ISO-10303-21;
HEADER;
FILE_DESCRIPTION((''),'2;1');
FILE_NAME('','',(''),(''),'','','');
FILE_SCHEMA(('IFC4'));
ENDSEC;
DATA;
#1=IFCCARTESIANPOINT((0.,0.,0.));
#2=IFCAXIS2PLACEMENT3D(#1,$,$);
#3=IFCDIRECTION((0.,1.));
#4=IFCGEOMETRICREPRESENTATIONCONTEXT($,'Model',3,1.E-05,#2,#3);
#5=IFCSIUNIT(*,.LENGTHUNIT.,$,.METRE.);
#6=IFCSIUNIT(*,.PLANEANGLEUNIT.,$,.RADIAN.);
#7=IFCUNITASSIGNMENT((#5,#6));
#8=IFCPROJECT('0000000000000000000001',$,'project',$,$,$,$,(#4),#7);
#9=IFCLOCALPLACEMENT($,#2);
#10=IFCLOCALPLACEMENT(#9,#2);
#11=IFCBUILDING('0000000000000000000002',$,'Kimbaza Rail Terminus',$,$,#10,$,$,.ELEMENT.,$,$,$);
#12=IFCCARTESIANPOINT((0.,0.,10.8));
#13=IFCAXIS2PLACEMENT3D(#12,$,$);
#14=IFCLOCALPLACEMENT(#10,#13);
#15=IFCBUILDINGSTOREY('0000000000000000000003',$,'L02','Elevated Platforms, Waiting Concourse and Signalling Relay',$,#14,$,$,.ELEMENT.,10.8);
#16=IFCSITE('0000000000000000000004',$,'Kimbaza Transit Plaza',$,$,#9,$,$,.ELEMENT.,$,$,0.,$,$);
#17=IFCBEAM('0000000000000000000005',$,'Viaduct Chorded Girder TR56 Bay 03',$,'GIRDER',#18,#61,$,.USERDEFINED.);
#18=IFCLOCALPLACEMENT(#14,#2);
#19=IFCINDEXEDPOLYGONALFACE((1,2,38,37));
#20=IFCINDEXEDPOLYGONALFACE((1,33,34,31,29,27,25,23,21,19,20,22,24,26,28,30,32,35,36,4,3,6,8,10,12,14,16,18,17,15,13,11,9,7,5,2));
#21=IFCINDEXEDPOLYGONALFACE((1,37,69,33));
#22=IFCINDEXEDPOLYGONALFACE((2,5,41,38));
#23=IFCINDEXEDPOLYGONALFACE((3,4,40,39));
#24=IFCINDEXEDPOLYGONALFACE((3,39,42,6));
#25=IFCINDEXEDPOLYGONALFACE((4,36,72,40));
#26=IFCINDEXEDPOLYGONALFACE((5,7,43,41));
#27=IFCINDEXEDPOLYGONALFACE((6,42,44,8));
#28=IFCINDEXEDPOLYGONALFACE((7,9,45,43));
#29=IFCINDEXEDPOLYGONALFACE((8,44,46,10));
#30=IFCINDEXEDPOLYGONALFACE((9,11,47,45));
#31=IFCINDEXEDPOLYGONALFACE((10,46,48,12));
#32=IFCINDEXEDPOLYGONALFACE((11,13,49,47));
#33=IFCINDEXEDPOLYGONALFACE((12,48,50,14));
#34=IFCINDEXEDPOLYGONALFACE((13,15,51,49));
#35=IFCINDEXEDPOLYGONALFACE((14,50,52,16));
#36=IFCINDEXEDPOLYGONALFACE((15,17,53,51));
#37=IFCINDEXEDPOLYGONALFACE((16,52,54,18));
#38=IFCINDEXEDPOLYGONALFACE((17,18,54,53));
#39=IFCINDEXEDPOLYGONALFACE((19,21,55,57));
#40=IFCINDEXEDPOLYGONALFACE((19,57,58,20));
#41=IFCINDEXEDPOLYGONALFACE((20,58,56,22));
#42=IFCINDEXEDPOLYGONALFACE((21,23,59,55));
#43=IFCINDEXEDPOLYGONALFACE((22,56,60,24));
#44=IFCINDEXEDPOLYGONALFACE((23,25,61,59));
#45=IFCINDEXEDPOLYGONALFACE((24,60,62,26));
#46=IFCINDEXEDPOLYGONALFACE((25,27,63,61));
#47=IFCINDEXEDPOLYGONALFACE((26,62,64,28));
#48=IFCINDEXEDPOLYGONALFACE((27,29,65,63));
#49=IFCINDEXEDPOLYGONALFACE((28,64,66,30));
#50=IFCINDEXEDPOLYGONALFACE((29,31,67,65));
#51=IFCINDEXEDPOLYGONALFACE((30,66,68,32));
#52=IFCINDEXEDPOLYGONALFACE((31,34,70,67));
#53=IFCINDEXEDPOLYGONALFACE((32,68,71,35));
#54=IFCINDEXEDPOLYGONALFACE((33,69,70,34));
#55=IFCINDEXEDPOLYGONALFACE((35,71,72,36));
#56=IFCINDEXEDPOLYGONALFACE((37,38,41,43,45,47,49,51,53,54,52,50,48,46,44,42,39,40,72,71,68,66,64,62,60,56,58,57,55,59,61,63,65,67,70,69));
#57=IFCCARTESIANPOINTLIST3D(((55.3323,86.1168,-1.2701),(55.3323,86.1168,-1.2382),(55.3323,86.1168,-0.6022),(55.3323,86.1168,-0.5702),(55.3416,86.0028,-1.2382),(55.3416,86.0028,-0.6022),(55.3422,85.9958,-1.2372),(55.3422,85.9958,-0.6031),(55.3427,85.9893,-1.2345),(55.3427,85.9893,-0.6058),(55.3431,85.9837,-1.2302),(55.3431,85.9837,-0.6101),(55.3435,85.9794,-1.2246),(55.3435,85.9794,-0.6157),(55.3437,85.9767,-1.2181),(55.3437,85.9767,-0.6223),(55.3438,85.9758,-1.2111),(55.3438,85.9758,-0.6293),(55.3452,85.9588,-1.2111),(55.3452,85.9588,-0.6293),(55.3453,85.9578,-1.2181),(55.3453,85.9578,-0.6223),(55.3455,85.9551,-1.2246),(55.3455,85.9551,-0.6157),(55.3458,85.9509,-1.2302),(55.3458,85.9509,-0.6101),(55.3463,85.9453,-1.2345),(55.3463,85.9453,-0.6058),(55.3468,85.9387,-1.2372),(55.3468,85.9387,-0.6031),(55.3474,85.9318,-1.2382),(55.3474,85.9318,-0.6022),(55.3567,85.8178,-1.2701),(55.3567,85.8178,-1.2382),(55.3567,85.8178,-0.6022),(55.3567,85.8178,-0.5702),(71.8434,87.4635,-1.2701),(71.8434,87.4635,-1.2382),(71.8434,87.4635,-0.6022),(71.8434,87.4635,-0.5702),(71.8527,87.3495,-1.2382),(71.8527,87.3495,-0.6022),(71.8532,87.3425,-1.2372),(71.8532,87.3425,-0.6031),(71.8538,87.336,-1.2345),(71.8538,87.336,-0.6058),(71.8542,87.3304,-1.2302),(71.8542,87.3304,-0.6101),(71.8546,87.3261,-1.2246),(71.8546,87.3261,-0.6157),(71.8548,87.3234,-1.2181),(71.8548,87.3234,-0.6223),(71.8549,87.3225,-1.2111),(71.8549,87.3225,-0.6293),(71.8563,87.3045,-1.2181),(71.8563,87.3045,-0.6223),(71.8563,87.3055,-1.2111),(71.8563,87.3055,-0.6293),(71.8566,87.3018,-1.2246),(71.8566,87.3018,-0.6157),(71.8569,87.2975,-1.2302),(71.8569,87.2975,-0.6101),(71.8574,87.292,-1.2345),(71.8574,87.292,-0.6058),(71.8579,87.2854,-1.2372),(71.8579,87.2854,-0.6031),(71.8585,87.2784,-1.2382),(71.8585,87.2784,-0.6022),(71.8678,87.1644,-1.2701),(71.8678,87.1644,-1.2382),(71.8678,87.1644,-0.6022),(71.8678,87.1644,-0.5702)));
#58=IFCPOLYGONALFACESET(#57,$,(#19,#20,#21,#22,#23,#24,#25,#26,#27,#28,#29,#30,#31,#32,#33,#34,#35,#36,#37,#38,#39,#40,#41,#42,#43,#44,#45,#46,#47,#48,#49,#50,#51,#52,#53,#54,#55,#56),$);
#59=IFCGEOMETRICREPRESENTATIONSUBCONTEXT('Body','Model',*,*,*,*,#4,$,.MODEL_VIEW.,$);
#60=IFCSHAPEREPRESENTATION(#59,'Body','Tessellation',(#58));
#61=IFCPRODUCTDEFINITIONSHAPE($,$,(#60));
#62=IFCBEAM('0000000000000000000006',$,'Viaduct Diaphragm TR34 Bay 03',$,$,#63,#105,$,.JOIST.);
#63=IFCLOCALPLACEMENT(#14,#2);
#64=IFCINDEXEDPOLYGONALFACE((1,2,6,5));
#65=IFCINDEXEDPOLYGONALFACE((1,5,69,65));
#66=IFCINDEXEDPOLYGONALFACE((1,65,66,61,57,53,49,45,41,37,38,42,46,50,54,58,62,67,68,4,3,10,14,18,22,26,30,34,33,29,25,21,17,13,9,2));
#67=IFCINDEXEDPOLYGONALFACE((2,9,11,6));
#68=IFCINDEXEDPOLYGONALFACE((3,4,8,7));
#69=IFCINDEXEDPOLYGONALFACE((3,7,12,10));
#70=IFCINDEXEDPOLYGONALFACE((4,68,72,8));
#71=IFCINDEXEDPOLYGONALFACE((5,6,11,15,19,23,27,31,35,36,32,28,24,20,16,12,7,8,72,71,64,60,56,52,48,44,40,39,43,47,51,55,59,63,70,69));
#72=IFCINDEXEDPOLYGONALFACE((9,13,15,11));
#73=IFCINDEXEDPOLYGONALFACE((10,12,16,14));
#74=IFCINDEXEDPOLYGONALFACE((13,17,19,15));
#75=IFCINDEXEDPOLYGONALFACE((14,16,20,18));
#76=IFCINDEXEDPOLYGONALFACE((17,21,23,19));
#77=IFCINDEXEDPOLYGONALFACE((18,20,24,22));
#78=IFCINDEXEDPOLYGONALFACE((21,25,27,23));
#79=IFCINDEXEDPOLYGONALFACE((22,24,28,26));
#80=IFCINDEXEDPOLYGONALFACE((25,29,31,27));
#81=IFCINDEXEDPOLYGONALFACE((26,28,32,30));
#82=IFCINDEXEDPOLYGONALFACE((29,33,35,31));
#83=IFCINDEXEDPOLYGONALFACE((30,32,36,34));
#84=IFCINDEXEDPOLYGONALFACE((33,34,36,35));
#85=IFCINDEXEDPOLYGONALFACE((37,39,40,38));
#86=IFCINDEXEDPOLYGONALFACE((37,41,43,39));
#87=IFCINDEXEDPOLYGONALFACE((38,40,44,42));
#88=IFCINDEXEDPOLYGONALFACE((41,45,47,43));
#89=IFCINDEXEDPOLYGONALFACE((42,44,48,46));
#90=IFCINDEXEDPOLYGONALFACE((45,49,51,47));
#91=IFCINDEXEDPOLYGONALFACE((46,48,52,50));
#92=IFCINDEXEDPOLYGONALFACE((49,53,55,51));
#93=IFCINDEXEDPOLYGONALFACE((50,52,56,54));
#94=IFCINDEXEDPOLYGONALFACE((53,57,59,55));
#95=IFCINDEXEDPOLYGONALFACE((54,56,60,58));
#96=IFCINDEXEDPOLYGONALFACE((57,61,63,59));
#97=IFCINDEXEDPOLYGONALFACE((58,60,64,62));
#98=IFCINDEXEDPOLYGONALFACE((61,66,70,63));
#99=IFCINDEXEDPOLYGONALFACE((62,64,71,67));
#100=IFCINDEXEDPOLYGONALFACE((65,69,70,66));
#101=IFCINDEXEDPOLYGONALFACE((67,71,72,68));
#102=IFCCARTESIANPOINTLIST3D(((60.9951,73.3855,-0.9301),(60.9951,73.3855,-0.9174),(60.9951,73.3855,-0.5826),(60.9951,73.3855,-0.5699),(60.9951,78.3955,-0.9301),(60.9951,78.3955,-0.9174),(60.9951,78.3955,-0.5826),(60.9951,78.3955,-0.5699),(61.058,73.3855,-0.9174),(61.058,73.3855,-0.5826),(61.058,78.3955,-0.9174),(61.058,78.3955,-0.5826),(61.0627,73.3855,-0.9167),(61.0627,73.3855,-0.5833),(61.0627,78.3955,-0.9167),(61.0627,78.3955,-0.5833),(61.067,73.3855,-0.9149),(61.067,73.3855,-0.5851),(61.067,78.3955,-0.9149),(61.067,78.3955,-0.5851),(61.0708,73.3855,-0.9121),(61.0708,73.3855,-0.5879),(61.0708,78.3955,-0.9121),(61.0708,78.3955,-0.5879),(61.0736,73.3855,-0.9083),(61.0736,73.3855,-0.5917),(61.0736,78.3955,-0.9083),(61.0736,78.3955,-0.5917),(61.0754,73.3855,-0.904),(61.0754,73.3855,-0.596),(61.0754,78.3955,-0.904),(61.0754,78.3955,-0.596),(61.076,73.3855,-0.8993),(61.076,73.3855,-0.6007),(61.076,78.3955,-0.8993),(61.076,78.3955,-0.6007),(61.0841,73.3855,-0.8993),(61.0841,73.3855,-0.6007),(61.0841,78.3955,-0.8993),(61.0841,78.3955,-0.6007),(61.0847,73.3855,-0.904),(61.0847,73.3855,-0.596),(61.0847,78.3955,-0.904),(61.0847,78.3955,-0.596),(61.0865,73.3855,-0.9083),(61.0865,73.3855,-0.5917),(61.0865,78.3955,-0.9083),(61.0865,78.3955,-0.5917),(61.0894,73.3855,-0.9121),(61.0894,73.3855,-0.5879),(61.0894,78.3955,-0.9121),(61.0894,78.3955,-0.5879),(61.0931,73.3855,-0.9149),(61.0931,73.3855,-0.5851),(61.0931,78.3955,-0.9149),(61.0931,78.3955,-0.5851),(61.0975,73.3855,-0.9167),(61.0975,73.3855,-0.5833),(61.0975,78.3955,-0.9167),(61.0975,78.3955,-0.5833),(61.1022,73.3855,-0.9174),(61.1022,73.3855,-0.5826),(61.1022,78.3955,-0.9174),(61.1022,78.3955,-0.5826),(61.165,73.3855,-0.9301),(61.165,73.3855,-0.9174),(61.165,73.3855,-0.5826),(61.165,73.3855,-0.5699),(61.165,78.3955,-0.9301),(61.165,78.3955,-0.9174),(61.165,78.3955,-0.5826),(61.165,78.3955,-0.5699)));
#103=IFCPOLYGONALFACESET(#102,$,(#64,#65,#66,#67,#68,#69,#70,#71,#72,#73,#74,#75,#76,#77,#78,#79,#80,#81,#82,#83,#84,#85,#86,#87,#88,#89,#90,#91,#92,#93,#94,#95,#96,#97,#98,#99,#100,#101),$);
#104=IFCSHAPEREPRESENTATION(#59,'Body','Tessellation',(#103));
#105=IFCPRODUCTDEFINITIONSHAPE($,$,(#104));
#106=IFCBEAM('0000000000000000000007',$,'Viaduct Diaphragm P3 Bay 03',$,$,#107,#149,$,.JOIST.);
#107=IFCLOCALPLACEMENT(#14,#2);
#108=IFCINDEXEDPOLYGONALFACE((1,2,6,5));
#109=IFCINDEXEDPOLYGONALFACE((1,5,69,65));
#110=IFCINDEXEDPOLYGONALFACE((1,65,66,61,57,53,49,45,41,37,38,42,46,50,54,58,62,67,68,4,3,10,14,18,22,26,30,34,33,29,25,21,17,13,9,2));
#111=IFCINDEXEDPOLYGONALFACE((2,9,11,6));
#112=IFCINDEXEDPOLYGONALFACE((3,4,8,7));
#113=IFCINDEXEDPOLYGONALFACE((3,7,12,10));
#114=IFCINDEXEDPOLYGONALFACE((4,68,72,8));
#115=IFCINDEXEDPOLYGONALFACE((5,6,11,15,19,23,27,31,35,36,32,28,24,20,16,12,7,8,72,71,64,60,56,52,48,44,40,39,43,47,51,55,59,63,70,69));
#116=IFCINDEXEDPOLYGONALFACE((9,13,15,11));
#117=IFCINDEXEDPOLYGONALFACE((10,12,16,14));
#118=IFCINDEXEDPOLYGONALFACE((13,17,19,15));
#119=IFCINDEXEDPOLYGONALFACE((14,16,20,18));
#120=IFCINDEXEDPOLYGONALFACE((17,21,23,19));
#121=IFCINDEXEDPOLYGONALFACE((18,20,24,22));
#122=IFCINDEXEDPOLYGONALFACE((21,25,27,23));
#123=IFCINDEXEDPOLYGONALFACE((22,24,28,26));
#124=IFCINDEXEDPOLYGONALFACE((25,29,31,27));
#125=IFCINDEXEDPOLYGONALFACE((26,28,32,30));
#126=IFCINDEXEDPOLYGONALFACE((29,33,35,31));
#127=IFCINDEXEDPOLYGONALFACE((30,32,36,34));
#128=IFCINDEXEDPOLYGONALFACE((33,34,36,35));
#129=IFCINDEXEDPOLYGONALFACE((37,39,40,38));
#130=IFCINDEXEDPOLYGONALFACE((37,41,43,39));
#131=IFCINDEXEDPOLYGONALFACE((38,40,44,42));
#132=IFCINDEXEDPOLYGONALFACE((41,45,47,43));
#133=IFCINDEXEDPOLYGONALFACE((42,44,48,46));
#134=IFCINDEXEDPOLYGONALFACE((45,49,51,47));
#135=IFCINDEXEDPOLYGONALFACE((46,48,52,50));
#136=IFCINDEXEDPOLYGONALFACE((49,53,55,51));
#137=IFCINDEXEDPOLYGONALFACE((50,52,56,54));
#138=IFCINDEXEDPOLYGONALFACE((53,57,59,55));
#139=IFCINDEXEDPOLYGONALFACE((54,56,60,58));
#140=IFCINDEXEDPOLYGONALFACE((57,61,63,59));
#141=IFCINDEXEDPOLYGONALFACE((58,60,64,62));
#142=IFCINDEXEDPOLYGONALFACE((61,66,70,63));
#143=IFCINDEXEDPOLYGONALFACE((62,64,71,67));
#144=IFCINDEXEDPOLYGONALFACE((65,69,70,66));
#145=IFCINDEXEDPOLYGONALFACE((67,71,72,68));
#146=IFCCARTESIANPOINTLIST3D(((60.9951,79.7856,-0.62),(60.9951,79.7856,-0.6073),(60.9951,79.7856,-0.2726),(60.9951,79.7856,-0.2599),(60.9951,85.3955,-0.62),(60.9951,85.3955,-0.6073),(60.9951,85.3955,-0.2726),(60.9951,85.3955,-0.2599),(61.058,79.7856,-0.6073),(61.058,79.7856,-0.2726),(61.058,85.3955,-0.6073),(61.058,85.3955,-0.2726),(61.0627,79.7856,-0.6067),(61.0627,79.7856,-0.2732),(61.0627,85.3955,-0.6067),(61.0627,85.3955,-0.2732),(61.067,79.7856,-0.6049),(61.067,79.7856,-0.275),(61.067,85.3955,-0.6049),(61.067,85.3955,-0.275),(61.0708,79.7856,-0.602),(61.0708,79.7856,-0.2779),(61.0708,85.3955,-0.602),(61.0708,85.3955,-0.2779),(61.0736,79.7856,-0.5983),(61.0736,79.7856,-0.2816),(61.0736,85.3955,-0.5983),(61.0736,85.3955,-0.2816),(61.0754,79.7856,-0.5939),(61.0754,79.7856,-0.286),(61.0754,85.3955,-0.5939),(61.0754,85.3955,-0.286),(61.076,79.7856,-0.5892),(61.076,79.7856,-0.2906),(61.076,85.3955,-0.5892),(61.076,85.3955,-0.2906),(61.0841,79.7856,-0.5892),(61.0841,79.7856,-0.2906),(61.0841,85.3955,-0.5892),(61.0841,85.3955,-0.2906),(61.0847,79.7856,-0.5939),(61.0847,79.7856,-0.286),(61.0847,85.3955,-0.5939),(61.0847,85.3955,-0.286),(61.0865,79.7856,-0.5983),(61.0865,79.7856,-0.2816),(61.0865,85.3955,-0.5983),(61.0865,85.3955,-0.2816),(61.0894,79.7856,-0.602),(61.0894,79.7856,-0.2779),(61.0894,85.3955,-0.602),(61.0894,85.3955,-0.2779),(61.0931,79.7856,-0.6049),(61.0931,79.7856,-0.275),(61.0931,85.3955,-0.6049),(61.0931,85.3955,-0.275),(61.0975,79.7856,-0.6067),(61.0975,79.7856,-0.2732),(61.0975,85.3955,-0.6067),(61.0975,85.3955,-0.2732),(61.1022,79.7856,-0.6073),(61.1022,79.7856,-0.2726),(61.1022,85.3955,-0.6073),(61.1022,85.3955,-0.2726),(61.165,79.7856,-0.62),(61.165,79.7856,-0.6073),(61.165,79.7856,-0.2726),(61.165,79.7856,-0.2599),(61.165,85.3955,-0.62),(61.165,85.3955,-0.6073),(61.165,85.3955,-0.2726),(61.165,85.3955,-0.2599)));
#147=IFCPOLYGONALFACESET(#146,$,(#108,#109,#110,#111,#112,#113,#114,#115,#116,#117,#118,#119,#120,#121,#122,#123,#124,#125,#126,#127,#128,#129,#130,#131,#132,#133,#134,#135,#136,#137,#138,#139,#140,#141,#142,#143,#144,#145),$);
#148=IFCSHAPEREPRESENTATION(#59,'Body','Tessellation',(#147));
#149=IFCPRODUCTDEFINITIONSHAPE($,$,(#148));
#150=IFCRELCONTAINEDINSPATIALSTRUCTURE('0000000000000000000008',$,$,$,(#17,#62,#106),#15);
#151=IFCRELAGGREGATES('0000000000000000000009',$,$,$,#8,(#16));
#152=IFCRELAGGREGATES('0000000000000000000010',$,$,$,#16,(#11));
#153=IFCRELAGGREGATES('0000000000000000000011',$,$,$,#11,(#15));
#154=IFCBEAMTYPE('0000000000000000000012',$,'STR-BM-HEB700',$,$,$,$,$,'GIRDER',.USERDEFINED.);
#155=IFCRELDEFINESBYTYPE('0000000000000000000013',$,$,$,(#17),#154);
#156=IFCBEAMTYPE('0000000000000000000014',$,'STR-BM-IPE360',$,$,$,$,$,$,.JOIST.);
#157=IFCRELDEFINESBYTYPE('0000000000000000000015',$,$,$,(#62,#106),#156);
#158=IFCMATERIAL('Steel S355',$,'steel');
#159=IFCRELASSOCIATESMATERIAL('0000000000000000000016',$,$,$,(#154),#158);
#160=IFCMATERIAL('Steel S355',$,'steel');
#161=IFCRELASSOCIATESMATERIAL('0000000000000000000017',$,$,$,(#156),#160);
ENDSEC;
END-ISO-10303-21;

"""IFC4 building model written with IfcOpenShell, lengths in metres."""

from ifc_helpers import new_model, si_unit, direction, frame, origin, origin_2d, place, context, subcontext, project, spatial, i_section, extrude, material, material_profile, profile_set, type_object, element, save


model = new_model("IFC4")

# Units and contexts
model_context = context("Model", 3, precision=1e-05, world=origin(), true_north=direction((0.0, 1.0)))
body_context = subcontext(model_context, "Body", "Model", "MODEL_VIEW")
ifc_project = project(units=[si_unit("LENGTHUNIT", "METRE"), si_unit("PLANEANGLEUNIT", "RADIAN")], contexts=[model_context])

# Site, building, storey
site_placement = place(None, origin())
site = spatial("IfcSite", under=ifc_project, at=site_placement, Name="Kimbaza Transit Plaza", CompositionType="ELEMENT", RefElevation=0.0)
building_placement = place(site_placement, origin())
building = spatial("IfcBuilding", under=site, at=building_placement, Name="Kimbaza Rail Terminus", CompositionType="ELEMENT")
storey_placement = place(building_placement, frame((0.0, 0.0, 10.8)))
storey = spatial("IfcBuildingStorey", under=building, at=storey_placement, Name="L02", Description="Elevated Platforms, Waiting Concourse and Signalling Relay", CompositionType="ELEMENT", Elevation=10.8)

# Beams
ifc_material_1 = material(Name="Steel S355", Category="steel")
ifc_material_profile_1 = material_profile(ifc_material_1, i_section(OverallWidth=0.3, OverallDepth=0.7, WebThickness=0.0171, FlangeThickness=0.032, FilletRadius=0.0271, at=origin_2d()), Name="HEB 700")
ifc_profile_set_1 = profile_set([ifc_material_profile_1], Name="Steel S355")
beam_type_1 = type_object("IfcBeamType", Name="STR-BM-HEB700", ElementType="GIRDER", PredefinedType="USERDEFINED", material=ifc_profile_set_1)
for number, where, z_axis, x_axis, name in (
    (1, (55.3445, 85.9673, -0.9202), (0.99669, 0.081293, 0.0), (-0.081293, 0.99669, 0.0), "Viaduct Chorded Girder TR56 Bay 03"),
):
    element("IfcBeam", number, at=place(storey_placement, frame(where, z_axis=z_axis, x_axis=x_axis)), inside=storey, type_object=beam_type_1, Name=name, ObjectType="GIRDER", PredefinedType="USERDEFINED", context=body_context, shape_type="SweptSolid", body=[
        extrude(i_section(OverallWidth=0.3, OverallDepth=0.7, WebThickness=0.0171, FlangeThickness=0.032, FilletRadius=0.0271, at=origin_2d()), origin(), (0.0, 0.0, 1.0), 16.5659),
    ])
ifc_material_2 = material(Name="Steel S355", Category="steel")
ifc_material_profile_2 = material_profile(ifc_material_2, i_section(OverallWidth=0.1699, OverallDepth=0.3601, WebThickness=0.0081, FlangeThickness=0.0127, FilletRadius=0.0181, at=origin_2d()), Name="IPE 360")
ifc_profile_set_2 = profile_set([ifc_material_profile_2], Name="Steel S355")
beam_type_2 = type_object("IfcBeamType", Name="STR-BM-IPE360", PredefinedType="JOIST", material=ifc_profile_set_2)
beam_1_placement = place(storey_placement, frame((61.0801, 73.3855, -0.75), z_axis=(0.0, 1.0, 0.0), x_axis=(-1.0, 0.0, 0.0)))
element("IfcBeam", 2, at=beam_1_placement, inside=storey, type_object=beam_type_2, Name="Viaduct Diaphragm TR34 Bay 03", PredefinedType="JOIST", context=body_context, shape_type="SweptSolid", body=[
    extrude(i_section(OverallWidth=0.1699, OverallDepth=0.3601, WebThickness=0.0081, FlangeThickness=0.0127, FilletRadius=0.0181, at=origin_2d()), origin(), (0.0, 0.0, 1.0), 5.01),
])
beam_2_placement = place(storey_placement, frame((61.0801, 79.7856, -0.4399), z_axis=(0.0, 1.0, 0.0), x_axis=(-1.0, 0.0, 0.0)))
element("IfcBeam", 3, at=beam_2_placement, inside=storey, type_object=beam_type_2, Name="Viaduct Diaphragm P3 Bay 03", PredefinedType="JOIST", context=body_context, shape_type="SweptSolid", body=[
    extrude(i_section(OverallWidth=0.1699, OverallDepth=0.3601, WebThickness=0.0081, FlangeThickness=0.0127, FilletRadius=0.0181, at=origin_2d()), origin(), (0.0, 0.0, 1.0), 5.6099),
])

save(model, "model.ifc")
